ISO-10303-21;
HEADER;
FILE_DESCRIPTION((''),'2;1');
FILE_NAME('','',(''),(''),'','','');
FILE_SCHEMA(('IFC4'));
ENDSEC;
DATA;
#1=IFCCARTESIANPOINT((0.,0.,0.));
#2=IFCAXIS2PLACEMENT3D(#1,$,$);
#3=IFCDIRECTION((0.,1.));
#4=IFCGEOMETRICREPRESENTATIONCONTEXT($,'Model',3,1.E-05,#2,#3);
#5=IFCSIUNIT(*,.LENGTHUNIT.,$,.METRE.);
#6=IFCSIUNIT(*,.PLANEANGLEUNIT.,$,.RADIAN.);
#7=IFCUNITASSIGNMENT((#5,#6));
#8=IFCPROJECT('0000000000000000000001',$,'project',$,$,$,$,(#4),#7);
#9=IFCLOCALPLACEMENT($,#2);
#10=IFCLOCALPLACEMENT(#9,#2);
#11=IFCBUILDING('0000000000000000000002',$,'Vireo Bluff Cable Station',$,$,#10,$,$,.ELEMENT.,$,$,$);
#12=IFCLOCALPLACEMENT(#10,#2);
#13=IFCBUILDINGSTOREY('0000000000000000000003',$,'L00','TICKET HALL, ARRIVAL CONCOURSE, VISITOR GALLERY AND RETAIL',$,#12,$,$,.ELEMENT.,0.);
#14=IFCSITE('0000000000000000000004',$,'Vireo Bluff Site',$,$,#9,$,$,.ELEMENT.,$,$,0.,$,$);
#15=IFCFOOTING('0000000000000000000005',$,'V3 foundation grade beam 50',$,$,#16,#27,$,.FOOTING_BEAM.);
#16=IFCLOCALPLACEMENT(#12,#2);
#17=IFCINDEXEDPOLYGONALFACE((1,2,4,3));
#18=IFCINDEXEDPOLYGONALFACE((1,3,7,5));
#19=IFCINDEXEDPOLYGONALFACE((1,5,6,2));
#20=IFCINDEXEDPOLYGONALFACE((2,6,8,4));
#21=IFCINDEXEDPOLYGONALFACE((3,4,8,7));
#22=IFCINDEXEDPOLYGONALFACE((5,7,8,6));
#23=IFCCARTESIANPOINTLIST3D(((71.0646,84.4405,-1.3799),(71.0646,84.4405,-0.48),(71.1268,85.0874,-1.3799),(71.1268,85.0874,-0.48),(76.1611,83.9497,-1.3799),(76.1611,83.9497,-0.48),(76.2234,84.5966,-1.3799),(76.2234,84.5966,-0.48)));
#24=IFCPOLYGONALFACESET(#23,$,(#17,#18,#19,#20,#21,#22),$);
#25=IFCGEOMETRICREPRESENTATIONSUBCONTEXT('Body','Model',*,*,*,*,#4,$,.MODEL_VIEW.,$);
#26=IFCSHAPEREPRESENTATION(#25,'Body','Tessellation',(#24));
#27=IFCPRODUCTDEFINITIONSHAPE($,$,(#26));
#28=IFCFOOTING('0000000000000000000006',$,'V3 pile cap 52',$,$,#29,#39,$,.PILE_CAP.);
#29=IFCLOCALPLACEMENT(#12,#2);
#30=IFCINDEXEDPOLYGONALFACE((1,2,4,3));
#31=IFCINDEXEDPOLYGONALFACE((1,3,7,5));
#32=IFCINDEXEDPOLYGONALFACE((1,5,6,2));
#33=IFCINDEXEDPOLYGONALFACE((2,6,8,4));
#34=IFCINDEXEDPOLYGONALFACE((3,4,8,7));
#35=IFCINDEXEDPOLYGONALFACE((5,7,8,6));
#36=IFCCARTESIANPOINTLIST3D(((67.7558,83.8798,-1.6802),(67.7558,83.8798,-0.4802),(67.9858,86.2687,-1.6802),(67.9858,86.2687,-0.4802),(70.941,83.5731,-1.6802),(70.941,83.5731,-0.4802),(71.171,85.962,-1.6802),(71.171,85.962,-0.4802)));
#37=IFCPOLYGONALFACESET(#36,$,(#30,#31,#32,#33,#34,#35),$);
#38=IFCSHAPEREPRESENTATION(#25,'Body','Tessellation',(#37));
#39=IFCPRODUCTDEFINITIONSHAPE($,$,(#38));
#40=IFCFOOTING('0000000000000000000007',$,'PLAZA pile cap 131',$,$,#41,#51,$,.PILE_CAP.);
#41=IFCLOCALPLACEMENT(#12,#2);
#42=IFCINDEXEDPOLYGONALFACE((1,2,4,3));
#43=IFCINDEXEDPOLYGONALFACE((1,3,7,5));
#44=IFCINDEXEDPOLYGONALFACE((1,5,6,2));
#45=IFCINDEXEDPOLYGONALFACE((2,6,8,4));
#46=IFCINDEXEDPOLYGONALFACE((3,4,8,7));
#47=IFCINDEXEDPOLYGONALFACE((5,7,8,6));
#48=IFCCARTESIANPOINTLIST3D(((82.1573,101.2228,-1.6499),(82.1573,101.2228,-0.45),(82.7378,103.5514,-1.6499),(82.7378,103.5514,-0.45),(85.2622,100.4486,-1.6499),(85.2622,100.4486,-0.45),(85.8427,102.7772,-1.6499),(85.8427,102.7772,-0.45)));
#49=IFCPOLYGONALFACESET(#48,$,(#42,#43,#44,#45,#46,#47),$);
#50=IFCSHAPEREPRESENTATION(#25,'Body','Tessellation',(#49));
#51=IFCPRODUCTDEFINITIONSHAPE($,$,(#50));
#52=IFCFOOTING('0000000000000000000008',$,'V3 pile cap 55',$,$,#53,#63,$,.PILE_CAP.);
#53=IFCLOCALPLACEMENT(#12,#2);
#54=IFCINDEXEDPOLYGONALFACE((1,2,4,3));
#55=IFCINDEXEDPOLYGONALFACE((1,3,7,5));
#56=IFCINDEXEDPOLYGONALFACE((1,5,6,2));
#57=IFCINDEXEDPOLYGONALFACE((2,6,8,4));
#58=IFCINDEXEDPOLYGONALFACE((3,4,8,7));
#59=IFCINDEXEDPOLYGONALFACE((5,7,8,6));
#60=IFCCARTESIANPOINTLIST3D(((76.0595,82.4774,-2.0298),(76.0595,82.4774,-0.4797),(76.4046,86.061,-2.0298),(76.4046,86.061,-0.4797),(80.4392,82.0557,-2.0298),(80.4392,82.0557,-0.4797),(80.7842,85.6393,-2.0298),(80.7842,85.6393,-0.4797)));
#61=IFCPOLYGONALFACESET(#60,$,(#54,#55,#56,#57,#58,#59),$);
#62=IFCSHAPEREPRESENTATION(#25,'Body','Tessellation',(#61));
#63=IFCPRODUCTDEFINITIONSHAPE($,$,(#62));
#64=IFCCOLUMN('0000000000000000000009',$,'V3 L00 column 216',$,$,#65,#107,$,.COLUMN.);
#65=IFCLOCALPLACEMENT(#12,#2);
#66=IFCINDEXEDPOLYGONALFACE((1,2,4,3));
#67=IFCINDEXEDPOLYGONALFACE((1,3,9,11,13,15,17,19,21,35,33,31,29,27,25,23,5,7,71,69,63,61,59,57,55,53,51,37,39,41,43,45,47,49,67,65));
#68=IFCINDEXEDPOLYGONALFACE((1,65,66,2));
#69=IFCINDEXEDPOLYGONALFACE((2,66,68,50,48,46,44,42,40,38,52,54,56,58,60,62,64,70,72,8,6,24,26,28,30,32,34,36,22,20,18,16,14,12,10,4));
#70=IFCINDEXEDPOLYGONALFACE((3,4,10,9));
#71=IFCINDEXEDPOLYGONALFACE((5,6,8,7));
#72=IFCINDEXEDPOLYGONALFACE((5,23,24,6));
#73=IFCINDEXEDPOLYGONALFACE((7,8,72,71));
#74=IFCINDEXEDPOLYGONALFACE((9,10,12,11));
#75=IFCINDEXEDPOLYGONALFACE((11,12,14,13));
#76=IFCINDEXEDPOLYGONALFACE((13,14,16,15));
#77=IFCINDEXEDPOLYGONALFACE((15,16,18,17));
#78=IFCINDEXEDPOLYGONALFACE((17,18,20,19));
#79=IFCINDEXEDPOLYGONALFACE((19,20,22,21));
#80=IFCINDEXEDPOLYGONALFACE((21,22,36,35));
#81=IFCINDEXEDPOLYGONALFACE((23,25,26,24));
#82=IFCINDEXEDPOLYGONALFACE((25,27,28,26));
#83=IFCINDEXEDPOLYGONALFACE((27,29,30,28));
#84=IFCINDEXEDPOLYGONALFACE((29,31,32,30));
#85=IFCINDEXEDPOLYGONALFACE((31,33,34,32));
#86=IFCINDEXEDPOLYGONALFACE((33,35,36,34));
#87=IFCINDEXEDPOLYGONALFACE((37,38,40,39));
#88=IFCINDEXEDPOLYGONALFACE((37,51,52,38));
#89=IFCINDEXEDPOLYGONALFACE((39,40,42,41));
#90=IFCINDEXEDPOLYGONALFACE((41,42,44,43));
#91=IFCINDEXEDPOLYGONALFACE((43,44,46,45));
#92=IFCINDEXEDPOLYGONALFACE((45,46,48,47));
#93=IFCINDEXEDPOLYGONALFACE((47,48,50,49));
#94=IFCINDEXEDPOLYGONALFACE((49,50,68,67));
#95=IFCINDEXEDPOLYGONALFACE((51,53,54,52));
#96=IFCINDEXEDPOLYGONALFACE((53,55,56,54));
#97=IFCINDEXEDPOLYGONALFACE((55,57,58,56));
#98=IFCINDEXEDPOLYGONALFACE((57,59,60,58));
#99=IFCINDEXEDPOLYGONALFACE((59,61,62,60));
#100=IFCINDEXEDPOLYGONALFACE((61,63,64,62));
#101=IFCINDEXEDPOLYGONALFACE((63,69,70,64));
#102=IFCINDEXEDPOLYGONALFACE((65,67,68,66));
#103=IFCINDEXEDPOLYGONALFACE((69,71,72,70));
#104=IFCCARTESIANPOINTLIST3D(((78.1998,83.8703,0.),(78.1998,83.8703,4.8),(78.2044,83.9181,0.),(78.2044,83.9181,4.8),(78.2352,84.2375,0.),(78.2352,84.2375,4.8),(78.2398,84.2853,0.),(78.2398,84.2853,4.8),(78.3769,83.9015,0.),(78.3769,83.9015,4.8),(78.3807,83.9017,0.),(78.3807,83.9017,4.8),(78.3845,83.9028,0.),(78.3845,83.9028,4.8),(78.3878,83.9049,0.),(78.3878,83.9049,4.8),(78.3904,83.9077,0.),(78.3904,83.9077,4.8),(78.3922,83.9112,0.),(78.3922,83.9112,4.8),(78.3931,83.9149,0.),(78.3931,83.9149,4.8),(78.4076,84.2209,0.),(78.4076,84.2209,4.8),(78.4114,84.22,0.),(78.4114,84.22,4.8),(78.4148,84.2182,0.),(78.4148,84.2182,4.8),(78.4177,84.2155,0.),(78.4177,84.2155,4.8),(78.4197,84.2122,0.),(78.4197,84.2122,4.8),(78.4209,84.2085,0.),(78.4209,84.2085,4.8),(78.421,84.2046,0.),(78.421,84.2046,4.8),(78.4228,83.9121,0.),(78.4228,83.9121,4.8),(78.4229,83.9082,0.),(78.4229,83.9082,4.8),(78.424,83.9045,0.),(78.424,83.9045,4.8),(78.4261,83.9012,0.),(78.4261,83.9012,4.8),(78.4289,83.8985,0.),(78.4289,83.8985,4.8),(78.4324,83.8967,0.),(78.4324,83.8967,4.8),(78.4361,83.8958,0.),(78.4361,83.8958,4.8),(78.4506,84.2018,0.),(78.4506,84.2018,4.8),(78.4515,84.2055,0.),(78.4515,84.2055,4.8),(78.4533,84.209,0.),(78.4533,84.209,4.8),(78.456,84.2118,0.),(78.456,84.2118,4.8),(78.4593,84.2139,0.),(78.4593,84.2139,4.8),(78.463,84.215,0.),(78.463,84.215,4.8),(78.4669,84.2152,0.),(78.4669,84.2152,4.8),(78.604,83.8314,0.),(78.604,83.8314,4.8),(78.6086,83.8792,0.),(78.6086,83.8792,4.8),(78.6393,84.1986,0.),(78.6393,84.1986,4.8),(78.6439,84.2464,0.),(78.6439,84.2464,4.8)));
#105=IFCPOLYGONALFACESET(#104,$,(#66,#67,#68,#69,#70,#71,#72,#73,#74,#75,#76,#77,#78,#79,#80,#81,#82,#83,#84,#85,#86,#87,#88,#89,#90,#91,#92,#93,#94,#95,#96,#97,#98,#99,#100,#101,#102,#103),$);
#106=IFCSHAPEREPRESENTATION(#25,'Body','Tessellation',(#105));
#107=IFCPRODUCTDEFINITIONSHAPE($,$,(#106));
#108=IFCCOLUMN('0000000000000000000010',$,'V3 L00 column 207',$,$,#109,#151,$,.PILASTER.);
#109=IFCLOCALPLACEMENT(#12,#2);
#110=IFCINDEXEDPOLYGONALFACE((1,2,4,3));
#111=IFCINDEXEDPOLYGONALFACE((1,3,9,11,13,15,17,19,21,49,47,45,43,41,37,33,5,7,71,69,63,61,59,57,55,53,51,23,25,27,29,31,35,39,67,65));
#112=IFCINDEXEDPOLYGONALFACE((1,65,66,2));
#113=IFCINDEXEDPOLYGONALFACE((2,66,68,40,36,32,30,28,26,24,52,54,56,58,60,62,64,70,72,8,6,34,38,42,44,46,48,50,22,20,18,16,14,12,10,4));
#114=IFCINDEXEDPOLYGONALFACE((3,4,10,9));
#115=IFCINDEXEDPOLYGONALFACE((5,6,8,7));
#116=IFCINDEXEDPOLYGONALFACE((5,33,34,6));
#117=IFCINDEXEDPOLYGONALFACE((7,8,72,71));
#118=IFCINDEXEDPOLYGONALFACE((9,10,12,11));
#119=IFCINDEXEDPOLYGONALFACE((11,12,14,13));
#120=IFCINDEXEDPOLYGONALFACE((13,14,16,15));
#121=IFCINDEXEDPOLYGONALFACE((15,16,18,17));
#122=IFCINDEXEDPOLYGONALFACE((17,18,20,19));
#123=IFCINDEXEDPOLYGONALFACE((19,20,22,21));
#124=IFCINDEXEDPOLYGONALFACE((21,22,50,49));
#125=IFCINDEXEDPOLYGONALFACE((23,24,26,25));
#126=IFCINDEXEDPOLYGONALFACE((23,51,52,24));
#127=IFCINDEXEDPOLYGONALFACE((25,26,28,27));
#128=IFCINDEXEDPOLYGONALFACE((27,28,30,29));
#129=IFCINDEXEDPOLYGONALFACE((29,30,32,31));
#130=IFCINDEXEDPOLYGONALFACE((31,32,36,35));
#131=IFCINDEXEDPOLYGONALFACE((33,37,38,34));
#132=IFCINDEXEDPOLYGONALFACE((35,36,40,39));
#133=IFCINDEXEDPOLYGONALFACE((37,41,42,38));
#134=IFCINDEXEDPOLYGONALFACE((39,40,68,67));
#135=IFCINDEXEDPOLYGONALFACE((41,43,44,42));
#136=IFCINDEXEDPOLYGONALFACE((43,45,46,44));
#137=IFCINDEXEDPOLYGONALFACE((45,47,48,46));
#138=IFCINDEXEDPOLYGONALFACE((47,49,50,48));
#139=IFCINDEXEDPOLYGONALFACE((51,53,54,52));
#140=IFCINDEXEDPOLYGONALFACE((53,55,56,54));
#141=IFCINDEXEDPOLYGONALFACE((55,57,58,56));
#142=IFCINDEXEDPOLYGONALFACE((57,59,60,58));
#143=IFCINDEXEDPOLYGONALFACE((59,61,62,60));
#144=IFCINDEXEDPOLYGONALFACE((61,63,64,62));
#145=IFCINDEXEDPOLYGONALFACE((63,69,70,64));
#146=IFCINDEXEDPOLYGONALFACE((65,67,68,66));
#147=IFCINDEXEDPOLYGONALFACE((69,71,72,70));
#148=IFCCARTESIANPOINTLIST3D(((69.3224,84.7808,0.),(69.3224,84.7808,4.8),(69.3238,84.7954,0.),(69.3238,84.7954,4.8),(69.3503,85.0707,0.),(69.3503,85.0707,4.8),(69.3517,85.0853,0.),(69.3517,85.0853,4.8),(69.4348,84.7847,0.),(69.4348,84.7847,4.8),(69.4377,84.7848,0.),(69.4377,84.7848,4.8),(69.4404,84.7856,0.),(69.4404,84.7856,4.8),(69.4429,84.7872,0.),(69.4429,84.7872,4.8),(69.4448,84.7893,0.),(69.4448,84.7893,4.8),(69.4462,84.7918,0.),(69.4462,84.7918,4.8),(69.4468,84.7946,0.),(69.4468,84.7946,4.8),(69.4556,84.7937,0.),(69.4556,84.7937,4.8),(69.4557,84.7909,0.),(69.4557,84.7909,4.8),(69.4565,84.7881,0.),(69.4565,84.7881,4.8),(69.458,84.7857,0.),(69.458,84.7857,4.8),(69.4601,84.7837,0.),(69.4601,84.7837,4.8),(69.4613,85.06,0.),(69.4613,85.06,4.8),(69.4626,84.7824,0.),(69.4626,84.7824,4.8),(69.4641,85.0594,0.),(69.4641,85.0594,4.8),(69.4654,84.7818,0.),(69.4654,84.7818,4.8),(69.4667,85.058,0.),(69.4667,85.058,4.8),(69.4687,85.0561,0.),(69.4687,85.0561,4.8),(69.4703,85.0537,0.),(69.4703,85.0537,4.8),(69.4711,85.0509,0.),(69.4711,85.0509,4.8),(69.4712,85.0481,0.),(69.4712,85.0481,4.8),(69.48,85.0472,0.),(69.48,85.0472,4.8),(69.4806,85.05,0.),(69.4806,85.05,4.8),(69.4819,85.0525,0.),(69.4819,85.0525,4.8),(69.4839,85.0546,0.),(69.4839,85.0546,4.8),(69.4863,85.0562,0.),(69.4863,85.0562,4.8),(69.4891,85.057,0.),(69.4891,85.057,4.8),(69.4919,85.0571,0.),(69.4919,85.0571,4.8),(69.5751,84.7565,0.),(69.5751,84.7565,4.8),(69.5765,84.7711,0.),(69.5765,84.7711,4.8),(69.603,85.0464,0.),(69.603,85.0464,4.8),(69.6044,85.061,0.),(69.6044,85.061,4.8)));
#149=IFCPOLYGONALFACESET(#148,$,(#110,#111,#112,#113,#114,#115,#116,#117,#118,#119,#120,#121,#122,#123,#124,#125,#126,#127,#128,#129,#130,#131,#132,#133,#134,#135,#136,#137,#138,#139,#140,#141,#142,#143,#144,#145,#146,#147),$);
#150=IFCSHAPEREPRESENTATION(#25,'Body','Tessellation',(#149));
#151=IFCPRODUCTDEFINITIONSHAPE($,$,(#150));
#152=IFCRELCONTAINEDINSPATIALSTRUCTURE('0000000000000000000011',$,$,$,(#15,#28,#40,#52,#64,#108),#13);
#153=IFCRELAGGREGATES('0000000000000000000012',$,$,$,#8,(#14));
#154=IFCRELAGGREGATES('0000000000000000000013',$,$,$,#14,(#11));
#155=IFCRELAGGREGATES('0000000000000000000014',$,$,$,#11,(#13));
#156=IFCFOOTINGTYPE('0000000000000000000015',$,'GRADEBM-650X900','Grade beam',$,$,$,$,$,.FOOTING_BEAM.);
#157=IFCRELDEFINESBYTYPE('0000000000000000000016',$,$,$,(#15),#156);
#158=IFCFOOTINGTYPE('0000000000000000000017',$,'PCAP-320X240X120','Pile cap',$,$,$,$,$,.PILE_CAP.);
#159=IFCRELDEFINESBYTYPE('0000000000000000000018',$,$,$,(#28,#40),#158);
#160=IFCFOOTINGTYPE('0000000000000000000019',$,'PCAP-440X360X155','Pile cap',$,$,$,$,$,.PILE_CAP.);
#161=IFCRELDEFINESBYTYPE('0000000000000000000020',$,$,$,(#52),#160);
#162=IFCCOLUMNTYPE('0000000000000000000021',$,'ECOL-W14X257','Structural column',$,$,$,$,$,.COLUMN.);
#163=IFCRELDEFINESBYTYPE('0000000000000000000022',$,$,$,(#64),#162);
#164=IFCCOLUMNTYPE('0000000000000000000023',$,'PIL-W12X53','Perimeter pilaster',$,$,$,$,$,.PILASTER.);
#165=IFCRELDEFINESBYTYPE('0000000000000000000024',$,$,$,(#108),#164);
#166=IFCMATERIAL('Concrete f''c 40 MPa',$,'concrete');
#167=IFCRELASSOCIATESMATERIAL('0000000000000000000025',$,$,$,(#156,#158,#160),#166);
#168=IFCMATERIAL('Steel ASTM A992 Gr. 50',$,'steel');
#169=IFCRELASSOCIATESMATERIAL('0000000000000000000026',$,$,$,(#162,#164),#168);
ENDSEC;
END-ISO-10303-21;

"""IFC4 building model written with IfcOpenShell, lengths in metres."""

from ifc_helpers import new_model, si_unit, direction, frame, origin, origin_2d, place, context, subcontext, project, spatial, rectangle, i_section, extrude, material, material_profile, profile_set, type_object, element, save


model = new_model("IFC4")

# Units and contexts
model_context = context("Model", 3, precision=1e-05, world=origin(), true_north=direction((0.0, 1.0)))
body_context = subcontext(model_context, "Body", "Model", "MODEL_VIEW")
ifc_project = project(units=[si_unit("LENGTHUNIT", "METRE"), si_unit("PLANEANGLEUNIT", "RADIAN")], contexts=[model_context])

# Site, building, storey
site_placement = place(None, origin())
site = spatial("IfcSite", under=ifc_project, at=site_placement, Name="Vireo Bluff Site", CompositionType="ELEMENT", RefElevation=0.0)
building_placement = place(site_placement, origin())
building = spatial("IfcBuilding", under=site, at=building_placement, Name="Vireo Bluff Cable Station", CompositionType="ELEMENT")
storey_placement = place(building_placement, origin())
storey = spatial("IfcBuildingStorey", under=building, at=storey_placement, Name="L00", Description="TICKET HALL, ARRIVAL CONCOURSE, VISITOR GALLERY AND RETAIL", CompositionType="ELEMENT", Elevation=0.0)

# Footings
ifc_material_1 = material(Name="Concrete f'c 40 MPa", Category="concrete")
ifc_material_profile_1 = material_profile(ifc_material_1, rectangle(XDim=0.6499, YDim=0.8999, at=origin_2d()), Name="GRADEBM-650X900")
ifc_profile_set_1 = profile_set([ifc_material_profile_1], Name="Concrete f'c 40 MPa")
footing_type_1 = type_object("IfcFootingType", Name="GRADEBM-650X900", Description="Grade beam", PredefinedType="FOOTING_BEAM", material=ifc_profile_set_1)
footing_1_placement = place(storey_placement, frame((71.0957, 84.7639, -0.9299), z_axis=(0.995396, -0.095844, 0.0), x_axis=(0.095844, 0.995396, 0.0)))
element("IfcFooting", 1, at=footing_1_placement, inside=storey, type_object=footing_type_1, Name="V3 foundation grade beam 50", PredefinedType="FOOTING_BEAM", context=body_context, shape_type="SweptSolid", body=[
    extrude(rectangle(XDim=0.6499, YDim=0.8999, at=origin_2d()), origin(), (0.0, 0.0, 1.0), 5.1201),
])
footing_type_2 = type_object("IfcFootingType", Name="PCAP-320X240X120", Description="Pile cap", PredefinedType="PILE_CAP", material=ifc_material_1)
for number, where, z_axis, x_axis, name in (
    (2, (69.4634, 84.9209, -1.6802), (0.0, 0.0, 1.0), (0.995396, -0.095846, 0.0), "V3 pile cap 52"),
    (3, (84.0, 102.0, -1.6499), (0.0, 0.0, 1.0), (0.970296, -0.241922, 0.0), "PLAZA pile cap 131"),
):
    element("IfcFooting", number, at=place(storey_placement, frame(where, z_axis=z_axis, x_axis=x_axis)), inside=storey, type_object=footing_type_2, Name=name, PredefinedType="PILE_CAP", context=body_context, shape_type="SweptSolid", body=[
        extrude(rectangle(XDim=3.2, YDim=2.3999, at=origin_2d()), origin(), (0.0, 0.0, 1.0), 1.2),
    ])
footing_type_3 = type_object("IfcFootingType", Name="PCAP-440X360X155", Description="Pile cap", PredefinedType="PILE_CAP", material=ifc_material_1)
footing_2_placement = place(storey_placement, frame((78.4219, 84.0583, -2.0298), z_axis=(0.0, 0.0, 1.0), x_axis=(0.995396, -0.095846, 0.0)))
element("IfcFooting", 4, at=footing_2_placement, inside=storey, type_object=footing_type_3, Name="V3 pile cap 55", PredefinedType="PILE_CAP", context=body_context, shape_type="SweptSolid", body=[
    extrude(rectangle(XDim=4.3999, YDim=3.6001, at=origin_2d()), origin(), (0.0, 0.0, 1.0), 1.55),
])

# Columns
ifc_material_2 = material(Name="Steel ASTM A992 Gr. 50", Category="steel")
ifc_material_profile_2 = material_profile(ifc_material_2, i_section(OverallWidth=0.406, OverallDepth=0.417, WebThickness=0.0298, FlangeThickness=0.0481, FilletRadius=0.0149, at=origin_2d()), Name="W14X257")
ifc_profile_set_2 = profile_set([ifc_material_profile_2], Name="Steel ASTM A992 Gr. 50")
column_type_1 = type_object("IfcColumnType", Name="ECOL-W14X257", Description="Structural column", PredefinedType="COLUMN", material=ifc_profile_set_2)
column_1_placement = place(storey_placement, frame((78.4219, 84.0583, 0.0), z_axis=(0.0, 0.0, 1.0), x_axis=(0.995396, -0.095846, 0.0)))
element("IfcColumn", 5, at=column_1_placement, inside=storey, type_object=column_type_1, Name="V3 L00 column 216", PredefinedType="COLUMN", context=body_context, shape_type="SweptSolid", body=[
    extrude(i_section(OverallWidth=0.406, OverallDepth=0.417, WebThickness=0.0298, FlangeThickness=0.0481, FilletRadius=0.0149, at=origin_2d()), origin(), (0.0, 0.0, 1.0), 4.8),
])
ifc_material_profile_3 = material_profile(ifc_material_2, i_section(OverallWidth=0.2539, OverallDepth=0.3059, WebThickness=0.0088, FlangeThickness=0.0146, FilletRadius=0.011, at=origin_2d()), Name="W12X53")
ifc_profile_set_3 = profile_set([ifc_material_profile_3], Name="Steel ASTM A992 Gr. 50")
column_type_2 = type_object("IfcColumnType", Name="PIL-W12X53", Description="Perimeter pilaster", PredefinedType="PILASTER", material=ifc_profile_set_3)
column_2_placement = place(storey_placement, frame((69.4634, 84.9209, 0.0), z_axis=(0.0, 0.0, 1.0), x_axis=(0.995396, -0.095846, 0.0)))
element("IfcColumn", 6, at=column_2_placement, inside=storey, type_object=column_type_2, Name="V3 L00 column 207", PredefinedType="PILASTER", context=body_context, shape_type="SweptSolid", body=[
    extrude(i_section(OverallWidth=0.2539, OverallDepth=0.3059, WebThickness=0.0088, FlangeThickness=0.0146, FilletRadius=0.011, at=origin_2d()), origin(), (0.0, 0.0, 1.0), 4.8),
])

save(model, "model.ifc")
